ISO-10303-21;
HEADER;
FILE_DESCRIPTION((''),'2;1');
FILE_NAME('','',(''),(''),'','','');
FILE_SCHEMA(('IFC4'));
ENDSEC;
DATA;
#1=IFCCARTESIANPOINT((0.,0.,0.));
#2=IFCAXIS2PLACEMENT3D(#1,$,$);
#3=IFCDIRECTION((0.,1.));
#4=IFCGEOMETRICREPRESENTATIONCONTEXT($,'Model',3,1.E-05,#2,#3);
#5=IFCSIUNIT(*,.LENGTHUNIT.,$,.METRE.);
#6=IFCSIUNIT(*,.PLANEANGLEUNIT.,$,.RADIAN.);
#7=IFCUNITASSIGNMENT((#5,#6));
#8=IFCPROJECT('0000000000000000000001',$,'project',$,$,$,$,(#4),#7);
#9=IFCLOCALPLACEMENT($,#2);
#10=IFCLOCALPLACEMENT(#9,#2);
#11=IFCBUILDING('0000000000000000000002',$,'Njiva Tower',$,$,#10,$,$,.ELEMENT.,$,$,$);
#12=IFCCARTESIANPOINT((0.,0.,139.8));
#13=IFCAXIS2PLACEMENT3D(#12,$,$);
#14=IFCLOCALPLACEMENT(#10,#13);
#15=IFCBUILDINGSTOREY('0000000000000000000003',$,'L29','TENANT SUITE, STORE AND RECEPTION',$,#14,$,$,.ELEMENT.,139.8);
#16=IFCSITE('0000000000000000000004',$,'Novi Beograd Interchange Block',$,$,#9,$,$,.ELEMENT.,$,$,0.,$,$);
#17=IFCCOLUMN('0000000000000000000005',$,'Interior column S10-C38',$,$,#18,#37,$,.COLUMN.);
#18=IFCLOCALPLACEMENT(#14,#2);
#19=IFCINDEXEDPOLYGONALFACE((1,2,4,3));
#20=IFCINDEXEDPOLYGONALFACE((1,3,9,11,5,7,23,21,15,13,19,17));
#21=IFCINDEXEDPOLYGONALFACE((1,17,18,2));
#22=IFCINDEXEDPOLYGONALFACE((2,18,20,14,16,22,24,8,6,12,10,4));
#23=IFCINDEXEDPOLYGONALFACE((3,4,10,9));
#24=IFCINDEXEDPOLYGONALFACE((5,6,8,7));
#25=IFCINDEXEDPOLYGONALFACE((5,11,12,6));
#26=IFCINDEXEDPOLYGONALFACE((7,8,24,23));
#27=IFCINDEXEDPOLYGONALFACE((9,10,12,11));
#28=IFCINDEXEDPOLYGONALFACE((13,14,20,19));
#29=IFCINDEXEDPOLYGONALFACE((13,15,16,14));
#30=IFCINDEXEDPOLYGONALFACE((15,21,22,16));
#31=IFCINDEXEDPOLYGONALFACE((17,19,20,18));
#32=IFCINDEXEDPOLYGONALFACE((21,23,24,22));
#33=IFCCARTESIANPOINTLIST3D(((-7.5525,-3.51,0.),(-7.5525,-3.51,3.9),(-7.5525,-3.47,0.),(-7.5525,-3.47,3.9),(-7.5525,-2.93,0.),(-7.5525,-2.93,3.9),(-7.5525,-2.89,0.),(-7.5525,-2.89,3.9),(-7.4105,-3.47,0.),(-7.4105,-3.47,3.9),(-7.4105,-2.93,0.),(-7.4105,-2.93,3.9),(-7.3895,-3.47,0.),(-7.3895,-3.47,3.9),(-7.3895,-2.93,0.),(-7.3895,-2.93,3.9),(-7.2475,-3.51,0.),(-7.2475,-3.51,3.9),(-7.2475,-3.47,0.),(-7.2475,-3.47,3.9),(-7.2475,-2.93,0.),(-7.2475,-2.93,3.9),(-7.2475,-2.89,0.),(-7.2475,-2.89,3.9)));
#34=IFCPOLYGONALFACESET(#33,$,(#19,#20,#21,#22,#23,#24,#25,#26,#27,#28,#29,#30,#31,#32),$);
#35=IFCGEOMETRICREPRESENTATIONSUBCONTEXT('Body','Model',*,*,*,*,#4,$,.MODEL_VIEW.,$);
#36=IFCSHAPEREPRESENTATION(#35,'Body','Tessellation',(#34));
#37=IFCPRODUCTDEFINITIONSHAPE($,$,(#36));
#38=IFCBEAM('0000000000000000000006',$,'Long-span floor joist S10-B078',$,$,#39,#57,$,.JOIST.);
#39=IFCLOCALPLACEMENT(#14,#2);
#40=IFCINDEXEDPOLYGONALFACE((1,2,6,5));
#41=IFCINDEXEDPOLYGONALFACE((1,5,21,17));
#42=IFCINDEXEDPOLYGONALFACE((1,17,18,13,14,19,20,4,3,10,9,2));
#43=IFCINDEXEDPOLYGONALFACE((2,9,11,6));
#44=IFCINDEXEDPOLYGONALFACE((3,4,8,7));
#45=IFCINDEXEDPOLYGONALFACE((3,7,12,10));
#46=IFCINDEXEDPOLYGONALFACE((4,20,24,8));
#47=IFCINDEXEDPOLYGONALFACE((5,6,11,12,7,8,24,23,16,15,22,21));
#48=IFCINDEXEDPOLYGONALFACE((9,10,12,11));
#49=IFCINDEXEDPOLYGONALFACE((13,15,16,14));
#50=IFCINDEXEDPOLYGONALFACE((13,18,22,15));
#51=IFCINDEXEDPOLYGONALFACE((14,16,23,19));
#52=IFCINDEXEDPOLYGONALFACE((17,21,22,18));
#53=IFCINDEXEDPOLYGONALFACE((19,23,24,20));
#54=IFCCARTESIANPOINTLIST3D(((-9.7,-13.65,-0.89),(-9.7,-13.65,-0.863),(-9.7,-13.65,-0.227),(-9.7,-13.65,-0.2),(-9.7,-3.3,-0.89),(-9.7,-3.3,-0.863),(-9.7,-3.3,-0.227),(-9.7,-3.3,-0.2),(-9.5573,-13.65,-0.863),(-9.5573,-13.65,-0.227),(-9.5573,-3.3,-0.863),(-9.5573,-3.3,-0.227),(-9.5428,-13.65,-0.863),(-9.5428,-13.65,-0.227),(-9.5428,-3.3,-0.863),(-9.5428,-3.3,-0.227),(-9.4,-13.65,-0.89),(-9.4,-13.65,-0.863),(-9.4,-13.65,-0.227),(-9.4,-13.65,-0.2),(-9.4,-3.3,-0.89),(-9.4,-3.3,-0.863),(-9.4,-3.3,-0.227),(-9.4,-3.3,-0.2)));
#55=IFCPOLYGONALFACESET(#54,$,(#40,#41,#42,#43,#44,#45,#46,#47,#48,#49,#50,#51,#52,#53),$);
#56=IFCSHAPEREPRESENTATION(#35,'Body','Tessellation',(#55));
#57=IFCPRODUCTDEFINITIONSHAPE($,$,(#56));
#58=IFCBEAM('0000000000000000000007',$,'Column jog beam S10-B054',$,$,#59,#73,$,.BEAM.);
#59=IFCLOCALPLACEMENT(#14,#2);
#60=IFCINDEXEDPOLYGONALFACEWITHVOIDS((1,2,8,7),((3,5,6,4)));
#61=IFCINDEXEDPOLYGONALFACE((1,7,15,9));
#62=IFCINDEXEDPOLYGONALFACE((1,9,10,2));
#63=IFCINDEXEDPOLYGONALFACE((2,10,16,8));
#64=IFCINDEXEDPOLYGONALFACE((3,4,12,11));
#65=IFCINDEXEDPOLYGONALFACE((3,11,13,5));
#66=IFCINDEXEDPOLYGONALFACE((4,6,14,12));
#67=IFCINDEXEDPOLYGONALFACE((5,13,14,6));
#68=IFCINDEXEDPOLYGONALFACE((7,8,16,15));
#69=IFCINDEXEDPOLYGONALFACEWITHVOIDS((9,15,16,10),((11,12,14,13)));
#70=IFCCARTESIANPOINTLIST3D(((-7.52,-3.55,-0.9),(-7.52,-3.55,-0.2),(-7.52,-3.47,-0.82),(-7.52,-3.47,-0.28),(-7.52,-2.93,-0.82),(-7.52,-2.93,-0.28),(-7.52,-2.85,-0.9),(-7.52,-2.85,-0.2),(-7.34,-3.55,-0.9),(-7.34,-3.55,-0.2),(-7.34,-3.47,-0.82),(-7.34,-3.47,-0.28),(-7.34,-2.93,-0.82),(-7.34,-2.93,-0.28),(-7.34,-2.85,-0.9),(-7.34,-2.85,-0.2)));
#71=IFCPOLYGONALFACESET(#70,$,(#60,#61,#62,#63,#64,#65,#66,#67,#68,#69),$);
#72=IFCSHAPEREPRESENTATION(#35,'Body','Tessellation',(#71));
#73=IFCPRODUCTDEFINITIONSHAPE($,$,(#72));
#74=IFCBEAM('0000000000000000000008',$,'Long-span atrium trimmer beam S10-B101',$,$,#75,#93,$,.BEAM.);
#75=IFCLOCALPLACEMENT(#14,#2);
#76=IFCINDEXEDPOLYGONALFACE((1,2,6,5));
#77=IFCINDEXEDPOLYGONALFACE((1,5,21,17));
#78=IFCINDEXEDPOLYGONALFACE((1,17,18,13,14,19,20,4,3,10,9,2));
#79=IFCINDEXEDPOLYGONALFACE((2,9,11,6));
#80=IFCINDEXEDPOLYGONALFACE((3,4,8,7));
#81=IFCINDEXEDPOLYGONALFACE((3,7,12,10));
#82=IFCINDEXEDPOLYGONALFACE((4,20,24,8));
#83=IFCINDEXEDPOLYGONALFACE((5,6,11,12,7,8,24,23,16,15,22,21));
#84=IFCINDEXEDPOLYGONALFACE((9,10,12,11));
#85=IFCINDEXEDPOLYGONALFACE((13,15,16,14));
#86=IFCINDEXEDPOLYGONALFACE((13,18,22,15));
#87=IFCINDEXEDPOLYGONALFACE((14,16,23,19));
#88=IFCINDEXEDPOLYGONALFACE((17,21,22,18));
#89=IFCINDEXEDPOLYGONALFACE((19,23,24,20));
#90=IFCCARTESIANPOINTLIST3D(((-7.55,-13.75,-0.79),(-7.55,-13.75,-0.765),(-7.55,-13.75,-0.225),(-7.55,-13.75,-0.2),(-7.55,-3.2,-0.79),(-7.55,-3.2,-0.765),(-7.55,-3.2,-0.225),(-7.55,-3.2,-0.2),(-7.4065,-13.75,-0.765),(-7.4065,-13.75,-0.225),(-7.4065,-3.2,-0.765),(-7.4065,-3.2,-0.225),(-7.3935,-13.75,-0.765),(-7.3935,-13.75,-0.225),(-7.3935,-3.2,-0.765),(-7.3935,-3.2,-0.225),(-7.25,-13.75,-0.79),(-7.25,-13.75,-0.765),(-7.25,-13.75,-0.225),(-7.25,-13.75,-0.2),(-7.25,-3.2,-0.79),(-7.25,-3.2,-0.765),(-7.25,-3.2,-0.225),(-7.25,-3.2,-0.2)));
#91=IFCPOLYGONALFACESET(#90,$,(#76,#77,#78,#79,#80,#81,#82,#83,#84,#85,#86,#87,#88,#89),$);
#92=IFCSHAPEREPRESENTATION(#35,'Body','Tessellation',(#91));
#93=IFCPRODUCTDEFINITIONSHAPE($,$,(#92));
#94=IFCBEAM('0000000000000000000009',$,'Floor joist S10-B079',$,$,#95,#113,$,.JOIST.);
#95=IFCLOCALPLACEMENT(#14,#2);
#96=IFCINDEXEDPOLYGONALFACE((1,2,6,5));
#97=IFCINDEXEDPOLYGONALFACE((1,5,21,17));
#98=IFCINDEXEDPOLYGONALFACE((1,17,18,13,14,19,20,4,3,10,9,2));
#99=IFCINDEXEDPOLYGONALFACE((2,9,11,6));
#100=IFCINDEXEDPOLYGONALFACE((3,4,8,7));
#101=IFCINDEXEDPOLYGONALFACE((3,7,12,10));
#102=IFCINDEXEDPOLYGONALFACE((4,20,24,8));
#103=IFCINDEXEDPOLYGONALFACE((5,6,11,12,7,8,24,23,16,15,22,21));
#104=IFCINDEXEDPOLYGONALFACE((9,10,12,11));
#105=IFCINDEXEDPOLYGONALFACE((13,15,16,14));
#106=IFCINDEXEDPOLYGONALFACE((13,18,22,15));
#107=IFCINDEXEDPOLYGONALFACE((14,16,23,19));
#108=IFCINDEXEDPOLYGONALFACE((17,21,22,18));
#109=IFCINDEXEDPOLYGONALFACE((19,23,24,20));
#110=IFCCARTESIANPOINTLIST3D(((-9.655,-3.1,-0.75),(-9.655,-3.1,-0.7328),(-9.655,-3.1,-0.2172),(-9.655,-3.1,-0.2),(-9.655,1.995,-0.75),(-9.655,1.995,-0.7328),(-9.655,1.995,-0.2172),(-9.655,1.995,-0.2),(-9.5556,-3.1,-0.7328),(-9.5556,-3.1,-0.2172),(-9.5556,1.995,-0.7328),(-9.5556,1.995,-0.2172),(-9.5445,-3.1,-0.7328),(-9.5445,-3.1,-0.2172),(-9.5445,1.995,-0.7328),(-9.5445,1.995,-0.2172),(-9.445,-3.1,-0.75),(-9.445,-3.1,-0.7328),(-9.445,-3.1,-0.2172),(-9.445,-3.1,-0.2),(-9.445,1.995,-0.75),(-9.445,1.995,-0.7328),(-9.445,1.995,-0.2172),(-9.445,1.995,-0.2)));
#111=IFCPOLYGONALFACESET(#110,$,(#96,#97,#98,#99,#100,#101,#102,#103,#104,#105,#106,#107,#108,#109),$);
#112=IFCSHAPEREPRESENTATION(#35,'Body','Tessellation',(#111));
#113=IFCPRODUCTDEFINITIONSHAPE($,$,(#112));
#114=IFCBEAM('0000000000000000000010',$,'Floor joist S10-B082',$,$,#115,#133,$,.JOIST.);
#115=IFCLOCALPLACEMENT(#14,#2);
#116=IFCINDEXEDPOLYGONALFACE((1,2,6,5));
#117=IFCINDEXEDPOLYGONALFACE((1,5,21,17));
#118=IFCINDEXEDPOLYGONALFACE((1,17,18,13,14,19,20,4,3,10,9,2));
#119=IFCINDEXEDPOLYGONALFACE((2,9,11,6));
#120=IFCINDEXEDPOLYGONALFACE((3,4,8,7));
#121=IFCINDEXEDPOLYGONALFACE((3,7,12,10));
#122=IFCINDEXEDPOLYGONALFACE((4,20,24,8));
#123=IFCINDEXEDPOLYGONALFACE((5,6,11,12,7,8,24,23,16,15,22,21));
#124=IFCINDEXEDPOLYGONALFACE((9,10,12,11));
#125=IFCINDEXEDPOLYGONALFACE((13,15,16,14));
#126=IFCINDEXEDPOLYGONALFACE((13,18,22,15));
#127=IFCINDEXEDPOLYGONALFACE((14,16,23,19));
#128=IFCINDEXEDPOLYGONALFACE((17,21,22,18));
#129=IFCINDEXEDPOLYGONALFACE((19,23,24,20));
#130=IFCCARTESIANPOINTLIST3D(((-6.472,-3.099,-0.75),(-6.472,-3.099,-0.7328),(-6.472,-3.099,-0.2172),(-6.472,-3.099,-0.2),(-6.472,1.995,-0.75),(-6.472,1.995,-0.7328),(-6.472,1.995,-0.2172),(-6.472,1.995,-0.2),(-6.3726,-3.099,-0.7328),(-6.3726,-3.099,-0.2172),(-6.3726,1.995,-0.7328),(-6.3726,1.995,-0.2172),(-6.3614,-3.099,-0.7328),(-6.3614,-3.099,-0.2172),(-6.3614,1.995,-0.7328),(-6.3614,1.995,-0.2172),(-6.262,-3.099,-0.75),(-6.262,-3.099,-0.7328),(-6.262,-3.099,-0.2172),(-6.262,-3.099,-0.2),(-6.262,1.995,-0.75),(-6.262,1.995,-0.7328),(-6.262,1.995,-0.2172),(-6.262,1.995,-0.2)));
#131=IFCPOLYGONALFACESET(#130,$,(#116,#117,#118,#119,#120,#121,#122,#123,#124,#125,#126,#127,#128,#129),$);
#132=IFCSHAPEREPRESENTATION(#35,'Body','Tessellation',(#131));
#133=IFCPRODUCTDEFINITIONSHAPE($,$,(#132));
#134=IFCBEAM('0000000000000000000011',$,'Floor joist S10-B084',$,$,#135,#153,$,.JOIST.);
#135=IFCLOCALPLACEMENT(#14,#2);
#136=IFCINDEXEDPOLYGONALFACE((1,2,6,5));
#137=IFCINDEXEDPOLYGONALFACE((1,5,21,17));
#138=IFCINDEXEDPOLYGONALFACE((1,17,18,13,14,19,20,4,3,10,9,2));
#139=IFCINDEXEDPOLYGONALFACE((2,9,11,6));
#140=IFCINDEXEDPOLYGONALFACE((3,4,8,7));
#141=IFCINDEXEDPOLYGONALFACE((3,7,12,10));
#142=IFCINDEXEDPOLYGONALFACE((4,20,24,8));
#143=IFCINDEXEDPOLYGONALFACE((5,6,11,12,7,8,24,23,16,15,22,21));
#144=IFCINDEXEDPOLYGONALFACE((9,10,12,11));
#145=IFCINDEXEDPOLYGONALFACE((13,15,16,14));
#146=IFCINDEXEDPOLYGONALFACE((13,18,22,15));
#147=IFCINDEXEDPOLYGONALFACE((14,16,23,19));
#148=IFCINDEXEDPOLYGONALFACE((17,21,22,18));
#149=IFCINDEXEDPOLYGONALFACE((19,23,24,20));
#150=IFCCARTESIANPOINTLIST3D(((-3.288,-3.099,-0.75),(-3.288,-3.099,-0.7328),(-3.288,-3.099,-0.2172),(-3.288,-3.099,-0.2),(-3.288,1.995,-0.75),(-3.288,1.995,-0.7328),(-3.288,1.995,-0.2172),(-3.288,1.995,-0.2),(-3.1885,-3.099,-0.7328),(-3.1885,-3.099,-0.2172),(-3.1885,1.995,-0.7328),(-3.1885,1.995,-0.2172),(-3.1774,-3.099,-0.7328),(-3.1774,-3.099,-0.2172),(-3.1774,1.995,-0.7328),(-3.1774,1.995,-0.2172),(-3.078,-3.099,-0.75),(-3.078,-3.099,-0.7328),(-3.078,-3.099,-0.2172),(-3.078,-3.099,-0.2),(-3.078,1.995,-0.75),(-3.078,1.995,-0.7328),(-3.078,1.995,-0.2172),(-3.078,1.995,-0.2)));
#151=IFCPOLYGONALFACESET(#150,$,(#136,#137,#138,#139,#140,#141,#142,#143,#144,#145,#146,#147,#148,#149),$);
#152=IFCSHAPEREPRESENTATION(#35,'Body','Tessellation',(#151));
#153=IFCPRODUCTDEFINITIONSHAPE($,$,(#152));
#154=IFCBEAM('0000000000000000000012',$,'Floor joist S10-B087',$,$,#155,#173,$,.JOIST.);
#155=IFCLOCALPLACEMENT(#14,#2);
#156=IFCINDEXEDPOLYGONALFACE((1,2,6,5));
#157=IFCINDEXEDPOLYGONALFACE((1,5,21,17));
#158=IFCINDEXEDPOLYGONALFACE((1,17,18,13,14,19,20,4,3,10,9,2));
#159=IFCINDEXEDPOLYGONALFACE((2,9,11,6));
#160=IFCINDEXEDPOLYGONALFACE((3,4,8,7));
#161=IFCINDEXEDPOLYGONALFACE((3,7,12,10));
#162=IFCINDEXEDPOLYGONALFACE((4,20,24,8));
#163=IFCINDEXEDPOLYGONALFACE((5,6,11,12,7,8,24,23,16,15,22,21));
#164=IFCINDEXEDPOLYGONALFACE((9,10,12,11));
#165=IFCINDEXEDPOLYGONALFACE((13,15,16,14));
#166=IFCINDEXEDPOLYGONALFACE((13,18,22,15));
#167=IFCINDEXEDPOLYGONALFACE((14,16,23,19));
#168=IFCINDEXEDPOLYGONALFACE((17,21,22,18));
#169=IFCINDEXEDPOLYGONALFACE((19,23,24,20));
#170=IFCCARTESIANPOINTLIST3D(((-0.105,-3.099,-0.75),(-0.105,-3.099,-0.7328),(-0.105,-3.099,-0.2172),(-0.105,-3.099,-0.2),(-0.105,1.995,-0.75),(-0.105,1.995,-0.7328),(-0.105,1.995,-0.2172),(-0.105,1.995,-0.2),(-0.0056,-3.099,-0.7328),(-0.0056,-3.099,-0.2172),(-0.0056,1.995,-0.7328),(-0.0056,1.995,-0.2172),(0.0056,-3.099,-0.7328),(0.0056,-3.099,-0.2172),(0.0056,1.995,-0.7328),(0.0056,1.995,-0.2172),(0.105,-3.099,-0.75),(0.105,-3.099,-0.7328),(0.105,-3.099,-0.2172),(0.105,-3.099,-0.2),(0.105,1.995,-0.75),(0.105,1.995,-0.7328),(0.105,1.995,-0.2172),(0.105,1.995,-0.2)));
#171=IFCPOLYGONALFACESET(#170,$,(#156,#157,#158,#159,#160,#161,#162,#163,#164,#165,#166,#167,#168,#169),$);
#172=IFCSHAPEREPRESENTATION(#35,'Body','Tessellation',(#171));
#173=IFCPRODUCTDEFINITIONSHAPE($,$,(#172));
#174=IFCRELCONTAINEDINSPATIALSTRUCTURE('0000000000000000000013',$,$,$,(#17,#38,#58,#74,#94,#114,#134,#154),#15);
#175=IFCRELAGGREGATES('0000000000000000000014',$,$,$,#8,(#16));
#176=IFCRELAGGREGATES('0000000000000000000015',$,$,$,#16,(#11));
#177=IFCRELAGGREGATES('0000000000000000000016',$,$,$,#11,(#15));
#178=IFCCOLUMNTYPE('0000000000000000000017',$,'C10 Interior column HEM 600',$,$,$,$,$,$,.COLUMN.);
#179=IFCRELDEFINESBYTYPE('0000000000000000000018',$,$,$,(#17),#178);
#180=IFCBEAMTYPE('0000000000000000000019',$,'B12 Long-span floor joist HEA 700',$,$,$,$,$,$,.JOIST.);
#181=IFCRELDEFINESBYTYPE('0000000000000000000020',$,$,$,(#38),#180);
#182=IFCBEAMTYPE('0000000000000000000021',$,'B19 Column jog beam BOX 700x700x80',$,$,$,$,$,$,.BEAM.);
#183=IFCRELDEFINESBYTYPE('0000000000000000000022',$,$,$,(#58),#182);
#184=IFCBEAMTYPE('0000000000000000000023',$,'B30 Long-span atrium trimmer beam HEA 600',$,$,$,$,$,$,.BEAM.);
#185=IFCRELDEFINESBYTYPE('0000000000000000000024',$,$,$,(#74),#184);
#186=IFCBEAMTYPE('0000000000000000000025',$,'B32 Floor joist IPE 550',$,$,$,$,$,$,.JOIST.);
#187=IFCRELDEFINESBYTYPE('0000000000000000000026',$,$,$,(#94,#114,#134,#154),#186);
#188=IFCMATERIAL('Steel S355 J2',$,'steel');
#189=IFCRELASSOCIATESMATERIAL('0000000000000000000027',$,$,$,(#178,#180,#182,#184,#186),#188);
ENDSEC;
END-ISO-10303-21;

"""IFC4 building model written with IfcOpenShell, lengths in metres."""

from ifc_helpers import new_model, si_unit, direction, frame, origin, origin_2d, place, context, subcontext, project, spatial, hollow_rectangle, i_section, extrude, material, material_profile, profile_set, type_object, element, save


model = new_model("IFC4")

# Units and contexts
model_context = context("Model", 3, precision=1e-05, world=origin(), true_north=direction((0.0, 1.0)))
body_context = subcontext(model_context, "Body", "Model", "MODEL_VIEW")
ifc_project = project(units=[si_unit("LENGTHUNIT", "METRE"), si_unit("PLANEANGLEUNIT", "RADIAN")], contexts=[model_context])

# Site, building, storey
site_placement = place(None, origin())
site = spatial("IfcSite", under=ifc_project, at=site_placement, Name="Novi Beograd Interchange Block", CompositionType="ELEMENT", RefElevation=0.0)
building_placement = place(site_placement, origin())
building = spatial("IfcBuilding", under=site, at=building_placement, Name="Njiva Tower", CompositionType="ELEMENT")
storey_placement = place(building_placement, frame((0.0, 0.0, 139.8)))
storey = spatial("IfcBuildingStorey", under=building, at=storey_placement, Name="L29", Description="TENANT SUITE, STORE AND RECEPTION", CompositionType="ELEMENT", Elevation=139.8)

# Column
ifc_material_1 = material(Name="Steel S355 J2", Category="steel")
ifc_material_profile_1 = material_profile(ifc_material_1, i_section(OverallWidth=0.305, OverallDepth=0.62, WebThickness=0.021, FlangeThickness=0.04, at=origin_2d()), Name="HEM 600")
ifc_profile_set_1 = profile_set([ifc_material_profile_1], Name="Steel S355 J2")
column_type = type_object("IfcColumnType", Name="C10 Interior column HEM 600", PredefinedType="COLUMN", material=ifc_profile_set_1)
column_placement = place(storey_placement, frame((-7.4, -3.2, 0.0), z_axis=(0.0, 0.0, 1.0), x_axis=(1.0, 0.0, 0.0)))
element("IfcColumn", 1, at=column_placement, inside=storey, type_object=column_type, Name="Interior column S10-C38", PredefinedType="COLUMN", context=body_context, shape_type="SweptSolid", body=[
    extrude(i_section(OverallWidth=0.305, OverallDepth=0.62, WebThickness=0.021, FlangeThickness=0.04, at=origin_2d()), origin(), (0.0, 0.0, 1.0), 3.9),
])

# Beams
ifc_material_profile_2 = material_profile(ifc_material_1, i_section(OverallWidth=0.3, OverallDepth=0.69, WebThickness=0.0145, FlangeThickness=0.027, at=origin_2d()), Name="HEA 700")
ifc_profile_set_2 = profile_set([ifc_material_profile_2], Name="Steel S355 J2")
beam_type_1 = type_object("IfcBeamType", Name="B12 Long-span floor joist HEA 700", PredefinedType="JOIST", material=ifc_profile_set_2)
beam_1_placement = place(storey_placement, frame((-9.55, -3.3, -0.545), z_axis=(0.0, -1.0, 0.0), x_axis=(1.0, 0.0, 0.0)))
element("IfcBeam", 2, at=beam_1_placement, inside=storey, type_object=beam_type_1, Name="Long-span floor joist S10-B078", PredefinedType="JOIST", context=body_context, shape_type="SweptSolid", body=[
    extrude(i_section(OverallWidth=0.3, OverallDepth=0.69, WebThickness=0.0145, FlangeThickness=0.027, at=origin_2d()), origin(), (0.0, 0.0, 1.0), 10.35),
])
ifc_material_profile_3 = material_profile(ifc_material_1, hollow_rectangle(XDim=0.7, YDim=0.7, WallThickness=0.08, at=origin_2d()), Name="BOX 700x700x80")
ifc_profile_set_3 = profile_set([ifc_material_profile_3], Name="Steel S355 J2")
beam_type_2 = type_object("IfcBeamType", Name="B19 Column jog beam BOX 700x700x80", PredefinedType="BEAM", material=ifc_profile_set_3)
beam_2_placement = place(storey_placement, frame((-7.52, -3.2, -0.55), z_axis=(1.0, 0.0, 0.0), x_axis=(0.0, 1.0, 0.0)))
element("IfcBeam", 3, at=beam_2_placement, inside=storey, type_object=beam_type_2, Name="Column jog beam S10-B054", PredefinedType="BEAM", context=body_context, shape_type="SweptSolid", body=[
    extrude(hollow_rectangle(XDim=0.7, YDim=0.7, WallThickness=0.08, at=origin_2d()), origin(), (0.0, 0.0, 1.0), 0.18),
])
ifc_material_profile_4 = material_profile(ifc_material_1, i_section(OverallWidth=0.3, OverallDepth=0.59, WebThickness=0.013, FlangeThickness=0.025, at=origin_2d()), Name="HEA 600")
ifc_profile_set_4 = profile_set([ifc_material_profile_4], Name="Steel S355 J2")
beam_type_3 = type_object("IfcBeamType", Name="B30 Long-span atrium trimmer beam HEA 600", PredefinedType="BEAM", material=ifc_profile_set_4)
beam_3_placement = place(storey_placement, frame((-7.4, -3.2, -0.495), z_axis=(0.0, -1.0, 0.0), x_axis=(1.0, 0.0, 0.0)))
element("IfcBeam", 4, at=beam_3_placement, inside=storey, type_object=beam_type_3, Name="Long-span atrium trimmer beam S10-B101", PredefinedType="BEAM", context=body_context, shape_type="SweptSolid", body=[
    extrude(i_section(OverallWidth=0.3, OverallDepth=0.59, WebThickness=0.013, FlangeThickness=0.025, at=origin_2d()), origin(), (0.0, 0.0, 1.0), 10.55),
])
ifc_material_profile_5 = material_profile(ifc_material_1, i_section(OverallWidth=0.21, OverallDepth=0.55, WebThickness=0.0111, FlangeThickness=0.0172, at=origin_2d()), Name="IPE 550")
ifc_profile_set_5 = profile_set([ifc_material_profile_5], Name="Steel S355 J2")
beam_type_4 = type_object("IfcBeamType", Name="B32 Floor joist IPE 550", PredefinedType="JOIST", material=ifc_profile_set_5)
beam_4_placement = place(storey_placement, frame((-9.55, 1.995, -0.475), z_axis=(0.0, -1.0, 0.0), x_axis=(1.0, 0.0, 0.0)))
element("IfcBeam", 5, at=beam_4_placement, inside=storey, type_object=beam_type_4, Name="Floor joist S10-B079", PredefinedType="JOIST", context=body_context, shape_type="SweptSolid", body=[
    extrude(i_section(OverallWidth=0.21, OverallDepth=0.55, WebThickness=0.0111, FlangeThickness=0.0172, at=origin_2d()), origin(), (0.0, 0.0, 1.0), 5.095),
])
for number, where, z_axis, x_axis, name in (
    (6, (-6.367, 1.995, -0.475), (0.0, -1.0, 0.0), (1.0, 0.0, 0.0), "Floor joist S10-B082"),
    (7, (-3.183, 1.995, -0.475), (0.0, -1.0, 0.0), (1.0, 0.0, 0.0), "Floor joist S10-B084"),
    (8, (0.0, 1.995, -0.475), (0.0, -1.0, 0.0), (1.0, 0.0, 0.0), "Floor joist S10-B087"),
):
    element("IfcBeam", number, at=place(storey_placement, frame(where, z_axis=z_axis, x_axis=x_axis)), inside=storey, type_object=beam_type_4, Name=name, PredefinedType="JOIST", context=body_context, shape_type="SweptSolid", body=[
        extrude(i_section(OverallWidth=0.21, OverallDepth=0.55, WebThickness=0.0111, FlangeThickness=0.0172, at=origin_2d()), origin(), (0.0, 0.0, 1.0), 5.094),
    ])

save(model, "model.ifc")
